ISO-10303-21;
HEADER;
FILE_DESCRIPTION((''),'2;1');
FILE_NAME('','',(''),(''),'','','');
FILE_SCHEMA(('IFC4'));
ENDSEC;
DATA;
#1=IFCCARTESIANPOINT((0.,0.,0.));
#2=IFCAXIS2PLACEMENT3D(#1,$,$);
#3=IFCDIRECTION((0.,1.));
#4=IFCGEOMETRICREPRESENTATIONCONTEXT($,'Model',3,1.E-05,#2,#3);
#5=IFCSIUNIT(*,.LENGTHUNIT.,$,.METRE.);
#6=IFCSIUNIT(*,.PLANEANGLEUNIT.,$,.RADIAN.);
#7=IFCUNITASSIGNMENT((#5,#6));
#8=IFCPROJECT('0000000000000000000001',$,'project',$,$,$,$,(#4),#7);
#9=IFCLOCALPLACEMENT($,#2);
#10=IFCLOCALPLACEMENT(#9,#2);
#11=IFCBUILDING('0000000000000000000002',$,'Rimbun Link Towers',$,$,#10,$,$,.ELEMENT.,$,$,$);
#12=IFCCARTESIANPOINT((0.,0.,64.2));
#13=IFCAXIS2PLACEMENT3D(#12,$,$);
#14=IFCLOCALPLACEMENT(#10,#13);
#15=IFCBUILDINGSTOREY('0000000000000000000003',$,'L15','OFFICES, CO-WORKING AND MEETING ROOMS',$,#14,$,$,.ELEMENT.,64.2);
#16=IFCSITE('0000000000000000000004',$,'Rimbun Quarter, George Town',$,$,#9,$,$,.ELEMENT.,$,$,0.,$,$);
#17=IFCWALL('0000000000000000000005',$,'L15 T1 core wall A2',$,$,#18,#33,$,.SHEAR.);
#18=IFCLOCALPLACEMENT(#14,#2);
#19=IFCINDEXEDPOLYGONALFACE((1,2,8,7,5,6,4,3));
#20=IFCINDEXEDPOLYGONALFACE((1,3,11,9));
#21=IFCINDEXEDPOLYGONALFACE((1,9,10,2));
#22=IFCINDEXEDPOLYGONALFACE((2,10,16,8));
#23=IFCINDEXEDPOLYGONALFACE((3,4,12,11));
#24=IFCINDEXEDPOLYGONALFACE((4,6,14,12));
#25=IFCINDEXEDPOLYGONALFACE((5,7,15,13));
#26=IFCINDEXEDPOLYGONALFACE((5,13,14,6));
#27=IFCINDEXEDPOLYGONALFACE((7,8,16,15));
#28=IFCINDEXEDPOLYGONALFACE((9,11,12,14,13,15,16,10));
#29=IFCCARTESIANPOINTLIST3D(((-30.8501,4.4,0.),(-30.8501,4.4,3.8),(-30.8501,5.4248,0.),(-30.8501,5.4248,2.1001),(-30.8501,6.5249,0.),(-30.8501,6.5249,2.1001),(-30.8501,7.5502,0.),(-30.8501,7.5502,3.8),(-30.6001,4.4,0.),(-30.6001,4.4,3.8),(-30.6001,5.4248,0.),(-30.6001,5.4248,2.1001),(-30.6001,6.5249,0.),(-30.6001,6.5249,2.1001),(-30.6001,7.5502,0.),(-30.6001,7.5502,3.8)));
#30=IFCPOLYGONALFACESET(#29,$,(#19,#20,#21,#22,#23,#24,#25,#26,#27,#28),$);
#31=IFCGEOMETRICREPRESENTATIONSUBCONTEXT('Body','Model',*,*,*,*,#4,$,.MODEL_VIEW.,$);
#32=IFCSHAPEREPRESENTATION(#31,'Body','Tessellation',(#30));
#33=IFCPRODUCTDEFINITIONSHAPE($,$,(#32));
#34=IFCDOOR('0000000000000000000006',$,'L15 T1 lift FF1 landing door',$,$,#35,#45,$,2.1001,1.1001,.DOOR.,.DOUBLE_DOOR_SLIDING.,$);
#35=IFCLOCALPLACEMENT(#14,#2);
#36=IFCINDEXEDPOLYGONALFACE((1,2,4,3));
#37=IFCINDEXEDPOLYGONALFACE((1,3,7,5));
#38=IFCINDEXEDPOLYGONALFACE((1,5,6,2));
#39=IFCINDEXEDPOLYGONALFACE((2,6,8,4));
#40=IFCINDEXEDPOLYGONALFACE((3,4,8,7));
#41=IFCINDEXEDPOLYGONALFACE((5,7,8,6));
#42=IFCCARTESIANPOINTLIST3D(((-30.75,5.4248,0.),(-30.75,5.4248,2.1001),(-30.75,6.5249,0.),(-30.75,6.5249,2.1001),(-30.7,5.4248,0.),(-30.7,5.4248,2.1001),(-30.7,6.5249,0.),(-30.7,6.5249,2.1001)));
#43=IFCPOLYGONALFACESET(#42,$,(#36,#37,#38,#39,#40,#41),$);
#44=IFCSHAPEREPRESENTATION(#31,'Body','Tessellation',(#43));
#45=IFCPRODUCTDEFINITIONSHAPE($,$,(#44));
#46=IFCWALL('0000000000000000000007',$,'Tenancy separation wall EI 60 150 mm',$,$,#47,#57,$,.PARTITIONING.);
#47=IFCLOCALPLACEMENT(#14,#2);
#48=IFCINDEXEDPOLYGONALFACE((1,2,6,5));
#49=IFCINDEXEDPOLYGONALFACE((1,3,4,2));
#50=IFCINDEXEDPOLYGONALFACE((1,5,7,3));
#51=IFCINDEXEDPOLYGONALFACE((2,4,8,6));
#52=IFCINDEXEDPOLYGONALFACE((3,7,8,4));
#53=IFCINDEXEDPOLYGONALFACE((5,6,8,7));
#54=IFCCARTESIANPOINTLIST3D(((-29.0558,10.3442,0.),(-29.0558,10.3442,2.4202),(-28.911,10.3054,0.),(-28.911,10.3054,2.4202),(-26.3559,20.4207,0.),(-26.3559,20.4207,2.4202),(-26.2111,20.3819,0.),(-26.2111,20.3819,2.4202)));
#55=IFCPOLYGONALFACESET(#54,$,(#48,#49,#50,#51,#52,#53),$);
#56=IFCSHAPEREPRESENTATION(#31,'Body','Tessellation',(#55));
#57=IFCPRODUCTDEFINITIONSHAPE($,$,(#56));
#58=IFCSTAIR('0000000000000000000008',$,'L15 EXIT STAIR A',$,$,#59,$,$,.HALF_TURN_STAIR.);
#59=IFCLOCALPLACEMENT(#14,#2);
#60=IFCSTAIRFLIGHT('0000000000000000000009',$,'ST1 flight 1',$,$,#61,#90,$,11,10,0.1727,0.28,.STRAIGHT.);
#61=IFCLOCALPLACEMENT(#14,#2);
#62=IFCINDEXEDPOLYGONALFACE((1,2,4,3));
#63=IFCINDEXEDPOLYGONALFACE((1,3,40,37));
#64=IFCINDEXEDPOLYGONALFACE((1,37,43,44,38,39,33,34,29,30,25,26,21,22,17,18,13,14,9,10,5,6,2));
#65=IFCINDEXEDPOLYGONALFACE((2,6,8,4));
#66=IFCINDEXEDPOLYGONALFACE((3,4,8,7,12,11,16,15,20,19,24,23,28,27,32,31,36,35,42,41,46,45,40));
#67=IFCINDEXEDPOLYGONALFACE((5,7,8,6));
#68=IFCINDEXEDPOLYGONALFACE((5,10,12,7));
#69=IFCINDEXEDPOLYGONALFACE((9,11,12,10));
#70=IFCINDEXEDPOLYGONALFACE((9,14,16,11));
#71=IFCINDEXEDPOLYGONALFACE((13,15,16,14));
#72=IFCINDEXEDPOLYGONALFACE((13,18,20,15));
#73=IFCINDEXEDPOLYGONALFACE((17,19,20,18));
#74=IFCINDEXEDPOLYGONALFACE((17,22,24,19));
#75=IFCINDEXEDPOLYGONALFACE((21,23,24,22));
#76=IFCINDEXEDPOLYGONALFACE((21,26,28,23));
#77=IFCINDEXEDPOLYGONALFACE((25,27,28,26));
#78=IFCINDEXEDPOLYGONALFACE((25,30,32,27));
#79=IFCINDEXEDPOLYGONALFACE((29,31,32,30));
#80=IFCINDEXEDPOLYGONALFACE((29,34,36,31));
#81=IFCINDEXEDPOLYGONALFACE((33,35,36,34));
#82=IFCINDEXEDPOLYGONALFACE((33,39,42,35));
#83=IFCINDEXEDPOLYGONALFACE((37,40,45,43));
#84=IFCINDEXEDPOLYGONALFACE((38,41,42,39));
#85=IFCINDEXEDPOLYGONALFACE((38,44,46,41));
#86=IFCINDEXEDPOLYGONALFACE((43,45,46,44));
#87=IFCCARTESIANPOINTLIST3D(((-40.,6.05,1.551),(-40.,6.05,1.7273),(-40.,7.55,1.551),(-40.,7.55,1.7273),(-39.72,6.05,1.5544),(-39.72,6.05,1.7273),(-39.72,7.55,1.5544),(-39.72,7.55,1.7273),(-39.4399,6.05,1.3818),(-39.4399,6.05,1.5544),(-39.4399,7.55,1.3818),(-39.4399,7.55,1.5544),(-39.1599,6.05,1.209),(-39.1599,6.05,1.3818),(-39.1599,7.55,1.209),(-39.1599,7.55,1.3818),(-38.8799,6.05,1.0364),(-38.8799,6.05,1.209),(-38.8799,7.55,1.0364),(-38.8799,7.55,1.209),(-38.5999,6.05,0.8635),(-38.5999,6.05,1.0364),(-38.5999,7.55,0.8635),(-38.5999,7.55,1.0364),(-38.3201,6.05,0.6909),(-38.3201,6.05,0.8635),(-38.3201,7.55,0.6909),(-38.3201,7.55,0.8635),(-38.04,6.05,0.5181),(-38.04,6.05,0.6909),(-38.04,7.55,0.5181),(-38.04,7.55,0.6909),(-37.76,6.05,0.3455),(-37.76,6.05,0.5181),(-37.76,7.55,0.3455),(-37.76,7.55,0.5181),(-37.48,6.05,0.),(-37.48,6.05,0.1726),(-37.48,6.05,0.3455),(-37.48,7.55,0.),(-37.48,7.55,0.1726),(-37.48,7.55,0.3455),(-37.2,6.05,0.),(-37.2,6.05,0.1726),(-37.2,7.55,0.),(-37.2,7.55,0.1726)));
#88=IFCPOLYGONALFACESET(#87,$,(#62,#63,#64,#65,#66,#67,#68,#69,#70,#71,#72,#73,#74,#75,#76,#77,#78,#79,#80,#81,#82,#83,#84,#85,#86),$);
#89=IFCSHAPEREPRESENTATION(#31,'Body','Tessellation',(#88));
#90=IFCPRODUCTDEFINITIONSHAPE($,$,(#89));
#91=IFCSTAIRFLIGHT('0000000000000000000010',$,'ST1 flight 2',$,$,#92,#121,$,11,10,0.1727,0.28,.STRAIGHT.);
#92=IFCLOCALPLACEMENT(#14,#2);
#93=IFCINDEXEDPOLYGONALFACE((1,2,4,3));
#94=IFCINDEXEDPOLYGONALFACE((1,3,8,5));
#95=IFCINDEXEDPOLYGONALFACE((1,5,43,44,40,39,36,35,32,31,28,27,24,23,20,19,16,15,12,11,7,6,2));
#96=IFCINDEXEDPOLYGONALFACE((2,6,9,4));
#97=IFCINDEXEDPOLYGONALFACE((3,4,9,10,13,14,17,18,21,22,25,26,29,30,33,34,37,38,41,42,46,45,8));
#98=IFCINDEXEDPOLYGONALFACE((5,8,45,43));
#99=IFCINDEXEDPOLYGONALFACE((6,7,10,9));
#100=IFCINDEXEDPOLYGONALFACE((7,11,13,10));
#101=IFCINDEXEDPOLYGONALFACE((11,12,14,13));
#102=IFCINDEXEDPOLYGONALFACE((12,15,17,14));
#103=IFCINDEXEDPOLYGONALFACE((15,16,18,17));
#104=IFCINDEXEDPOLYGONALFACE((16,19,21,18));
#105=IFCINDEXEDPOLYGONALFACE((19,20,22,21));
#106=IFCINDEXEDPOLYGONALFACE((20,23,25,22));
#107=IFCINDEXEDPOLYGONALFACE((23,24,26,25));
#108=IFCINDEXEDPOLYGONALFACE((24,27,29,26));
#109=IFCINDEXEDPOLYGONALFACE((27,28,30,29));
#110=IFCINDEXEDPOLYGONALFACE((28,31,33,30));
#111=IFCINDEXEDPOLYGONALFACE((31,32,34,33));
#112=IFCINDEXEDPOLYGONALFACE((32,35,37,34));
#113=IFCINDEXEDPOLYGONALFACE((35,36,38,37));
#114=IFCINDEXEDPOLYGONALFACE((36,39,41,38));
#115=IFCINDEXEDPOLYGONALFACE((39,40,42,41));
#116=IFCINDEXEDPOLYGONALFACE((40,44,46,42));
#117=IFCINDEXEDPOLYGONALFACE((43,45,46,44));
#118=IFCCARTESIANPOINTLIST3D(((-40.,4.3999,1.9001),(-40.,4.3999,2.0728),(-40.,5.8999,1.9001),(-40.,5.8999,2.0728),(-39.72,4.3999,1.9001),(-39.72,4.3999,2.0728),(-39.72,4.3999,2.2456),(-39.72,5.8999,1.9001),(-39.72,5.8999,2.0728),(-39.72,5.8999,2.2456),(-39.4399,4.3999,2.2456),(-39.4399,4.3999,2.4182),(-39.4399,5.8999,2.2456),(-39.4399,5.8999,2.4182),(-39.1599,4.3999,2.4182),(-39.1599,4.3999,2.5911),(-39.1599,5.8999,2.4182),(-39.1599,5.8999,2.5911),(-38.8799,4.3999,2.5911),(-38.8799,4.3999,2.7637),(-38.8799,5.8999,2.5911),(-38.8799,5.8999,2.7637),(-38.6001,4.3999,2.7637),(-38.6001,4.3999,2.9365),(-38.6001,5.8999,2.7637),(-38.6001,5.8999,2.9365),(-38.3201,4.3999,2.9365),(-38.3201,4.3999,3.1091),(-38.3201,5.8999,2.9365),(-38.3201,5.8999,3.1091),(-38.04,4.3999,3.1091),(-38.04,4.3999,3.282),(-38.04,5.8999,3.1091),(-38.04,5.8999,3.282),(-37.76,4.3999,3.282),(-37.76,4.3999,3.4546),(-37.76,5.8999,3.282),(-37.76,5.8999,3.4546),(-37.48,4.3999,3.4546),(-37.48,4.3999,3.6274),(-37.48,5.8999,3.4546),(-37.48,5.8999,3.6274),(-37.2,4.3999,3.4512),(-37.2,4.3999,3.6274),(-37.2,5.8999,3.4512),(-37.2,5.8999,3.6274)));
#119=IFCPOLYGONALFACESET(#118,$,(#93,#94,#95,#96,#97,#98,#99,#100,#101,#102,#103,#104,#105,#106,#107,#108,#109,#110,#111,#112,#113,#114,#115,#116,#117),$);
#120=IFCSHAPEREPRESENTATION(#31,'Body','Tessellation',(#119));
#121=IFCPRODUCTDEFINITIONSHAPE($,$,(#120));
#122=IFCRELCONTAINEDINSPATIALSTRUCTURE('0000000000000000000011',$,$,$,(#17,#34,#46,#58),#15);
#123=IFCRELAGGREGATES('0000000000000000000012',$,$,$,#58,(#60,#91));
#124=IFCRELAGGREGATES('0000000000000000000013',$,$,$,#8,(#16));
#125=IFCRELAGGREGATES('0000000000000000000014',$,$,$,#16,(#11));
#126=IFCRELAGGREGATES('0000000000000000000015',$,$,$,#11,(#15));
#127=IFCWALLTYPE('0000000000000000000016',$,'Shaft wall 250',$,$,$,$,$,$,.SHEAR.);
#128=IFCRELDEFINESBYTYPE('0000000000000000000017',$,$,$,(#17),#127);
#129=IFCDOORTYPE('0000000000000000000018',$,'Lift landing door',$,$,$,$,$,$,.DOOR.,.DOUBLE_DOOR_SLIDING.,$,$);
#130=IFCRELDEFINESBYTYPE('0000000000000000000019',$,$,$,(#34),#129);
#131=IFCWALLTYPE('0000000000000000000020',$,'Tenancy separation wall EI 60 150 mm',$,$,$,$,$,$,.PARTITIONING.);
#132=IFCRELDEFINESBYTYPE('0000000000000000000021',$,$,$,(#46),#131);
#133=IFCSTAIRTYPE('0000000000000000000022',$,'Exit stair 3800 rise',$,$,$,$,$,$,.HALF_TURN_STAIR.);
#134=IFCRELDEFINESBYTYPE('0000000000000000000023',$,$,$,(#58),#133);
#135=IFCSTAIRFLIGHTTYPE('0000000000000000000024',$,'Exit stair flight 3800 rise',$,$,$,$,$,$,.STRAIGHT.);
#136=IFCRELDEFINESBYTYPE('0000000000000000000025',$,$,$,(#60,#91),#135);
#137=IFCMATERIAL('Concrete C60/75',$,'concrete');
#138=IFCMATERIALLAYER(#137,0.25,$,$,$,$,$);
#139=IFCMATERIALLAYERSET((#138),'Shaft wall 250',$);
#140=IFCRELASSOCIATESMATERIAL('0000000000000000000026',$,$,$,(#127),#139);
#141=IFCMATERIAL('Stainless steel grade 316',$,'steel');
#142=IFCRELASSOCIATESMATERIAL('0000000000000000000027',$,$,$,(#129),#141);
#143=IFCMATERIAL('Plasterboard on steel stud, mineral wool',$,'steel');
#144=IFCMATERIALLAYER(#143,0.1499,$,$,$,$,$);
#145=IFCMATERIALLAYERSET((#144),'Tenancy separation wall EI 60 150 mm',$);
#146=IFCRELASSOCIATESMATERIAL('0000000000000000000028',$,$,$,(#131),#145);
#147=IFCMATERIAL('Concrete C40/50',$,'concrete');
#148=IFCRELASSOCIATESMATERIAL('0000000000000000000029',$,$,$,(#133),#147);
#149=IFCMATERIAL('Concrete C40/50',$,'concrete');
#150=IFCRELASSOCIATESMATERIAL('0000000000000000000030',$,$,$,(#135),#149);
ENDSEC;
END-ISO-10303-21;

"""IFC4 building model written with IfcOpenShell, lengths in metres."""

from ifc_helpers import new_model, si_unit, direction, frame, frame_2d, origin, place, context, subcontext, project, spatial, polyline, rectangle, outline, extrude, material, layer, layer_set, type_object, element, fill, aggregate, save


model = new_model("IFC4")

# Units and contexts
model_context = context("Model", 3, precision=1e-05, world=origin(), true_north=direction((0.0, 1.0)))
body_context = subcontext(model_context, "Body", "Model", "MODEL_VIEW")
ifc_project = project(units=[si_unit("LENGTHUNIT", "METRE"), si_unit("PLANEANGLEUNIT", "RADIAN")], contexts=[model_context])

# Site, building, storey
site_placement = place(None, origin())
site = spatial("IfcSite", under=ifc_project, at=site_placement, Name="Rimbun Quarter, George Town", CompositionType="ELEMENT", RefElevation=0.0)
building_placement = place(site_placement, origin())
building = spatial("IfcBuilding", under=site, at=building_placement, Name="Rimbun Link Towers", CompositionType="ELEMENT")
storey_placement = place(building_placement, frame((0.0, 0.0, 64.2)))
storey = spatial("IfcBuildingStorey", under=building, at=storey_placement, Name="L15", Description="OFFICES, CO-WORKING AND MEETING ROOMS", CompositionType="ELEMENT", Elevation=64.2)

# Wall, opening, door
ifc_material_1 = material(Name="Concrete C60/75", Category="concrete")
ifc_layer_1 = layer(ifc_material_1, 0.25)
ifc_layer_set_1 = layer_set([ifc_layer_1], Name="Shaft wall 250")
wall_type_1 = type_object("IfcWallType", Name="Shaft wall 250", PredefinedType="SHEAR", material=ifc_layer_set_1)
wall_1_placement = place(storey_placement, frame((-30.7251, 4.3999, 0.0), z_axis=(0.0, 0.0, 1.0), x_axis=(0.0, 1.0, 0.0)))
wall_1 = element("IfcWall", 1, at=wall_1_placement, inside=storey, type_object=wall_type_1, Name="L15 T1 core wall A2", PredefinedType="SHEAR", context=body_context, shape_type="SweptSolid", body=[
    extrude(rectangle(XDim=3.1501, YDim=0.25, at=frame_2d((1.5752, 0.0))), origin(), (0.0, 0.0, 1.0), 3.8),
])
opening_1_placement = place(wall_1_placement, frame((1.0249, 0.0, 0.0)))
opening_1 = element("IfcOpeningElement", 2, at=opening_1_placement, cuts=wall_1, PredefinedType="OPENING", context=body_context, shape_type="SweptSolid", body=[
    extrude(rectangle(XDim=1.1001, YDim=2.1001, at=frame_2d((0.55, 1.05))), frame((0.0, 0.135, 0.0), z_axis=(0.0, -1.0, 0.0), x_axis=(1.0, 0.0, 0.0)), (0.0, 0.0, 1.0), 0.27),
])
ifc_material_2 = material(Name="Stainless steel grade 316", Category="steel")
door_type_1 = type_object("IfcDoorType", Name="Lift landing door", OperationType="DOUBLE_DOOR_SLIDING", PredefinedType="DOOR", material=ifc_material_2)
door_1_placement = place(opening_1_placement, origin())
door_1 = element("IfcDoor", 3, at=door_1_placement, inside=storey, type_object=door_type_1, Name="L15 T1 lift FF1 landing door", OperationType="DOUBLE_DOOR_SLIDING", OverallHeight=2.1001, OverallWidth=1.1001, PredefinedType="DOOR", context=body_context, shape_type="SweptSolid", body=[
    extrude(rectangle(XDim=1.1001, YDim=2.1001, at=frame_2d((0.55, 1.05))), frame((0.0, 0.0249, 0.0), z_axis=(0.0, -1.0, 0.0), x_axis=(1.0, 0.0, 0.0)), (0.0, 0.0, 1.0), 0.05),
])
fill(opening_1, door_1)

# Wall
ifc_material_3 = material(Name="Plasterboard on steel stud, mineral wool", Category="steel")
ifc_layer_2 = layer(ifc_material_3, 0.1499)
ifc_layer_set_2 = layer_set([ifc_layer_2], Name="Tenancy separation wall EI 60 150 mm")
wall_type_2 = type_object("IfcWallType", Name="Tenancy separation wall EI 60 150 mm", PredefinedType="PARTITIONING", material=ifc_layer_set_2)
wall_2_placement = place(storey_placement, frame((-28.9834, 10.325, 0.0), z_axis=(0.0, 0.0, 1.0), x_axis=(0.258818, 0.965926, 0.0)))
element("IfcWall", 4, at=wall_2_placement, inside=storey, type_object=wall_type_2, Name="Tenancy separation wall EI 60 150 mm", PredefinedType="PARTITIONING", context=body_context, shape_type="SweptSolid", body=[
    extrude(rectangle(XDim=10.4319, YDim=0.1499, at=frame_2d((5.2158, 0.0))), origin(), (0.0, 0.0, 1.0), 2.4202),
])

# Stair, stair flights
ifc_material_4 = material(Name="Concrete C40/50", Category="concrete")
stair_type = type_object("IfcStairType", Name="Exit stair 3800 rise", PredefinedType="HALF_TURN_STAIR", material=ifc_material_4)
stair_placement = place(storey_placement, origin())
stair = element("IfcStair", 5, at=stair_placement, inside=storey, type_object=stair_type, Name="L15 EXIT STAIR A", PredefinedType="HALF_TURN_STAIR")
ifc_material_5 = material(Name="Concrete C40/50", Category="concrete")
stair_flight_type = type_object("IfcStairFlightType", Name="Exit stair flight 3800 rise", PredefinedType="STRAIGHT", material=ifc_material_5)
stair_flight_1_placement = place(storey_placement, frame((-37.2, 6.8, 0.0), z_axis=(0.0, 0.0, 1.0), x_axis=(-1.0, 0.0, 0.0)))
stair_flight_1 = element("IfcStairFlight", 6, at=stair_flight_1_placement, type_object=stair_flight_type, Name="ST1 flight 1", NumberOfRisers=11, NumberOfTreads=10, PredefinedType="STRAIGHT", RiserHeight=0.1727, TreadLength=0.28, context=body_context, shape_type="SweptSolid", body=[
    extrude(outline(polyline([(0.0, 0.0), (0.0, 0.1726), (0.28, 0.1726), (0.28, 0.3455), (0.5601, 0.3455), (0.5601, 0.5181), (0.8401, 0.5181), (0.8401, 0.6909), (1.1201, 0.6909), (1.1201, 0.8635), (1.3999, 0.8635), (1.3999, 1.0364), (1.6799, 1.0364), (1.6799, 1.209), (1.96, 1.209), (1.96, 1.3818), (2.24, 1.3818), (2.24, 1.5544), (2.52, 1.5544), (2.52, 1.7273), (2.8, 1.7273), (2.8, 1.8999), (2.8, 1.551), (0.28, 0.0), (0.0, 0.0)])), frame((0.0, 0.75, 0.0), z_axis=(0.0, -1.0, 0.0), x_axis=(1.0, 0.0, 0.0)), (0.0, 0.0, 1.0), 1.5),
])
stair_flight_2_placement = place(storey_placement, frame((-40.0, 5.1499, 1.9001), z_axis=(0.0, 0.0, 1.0), x_axis=(1.0, 0.0, 0.0)))
stair_flight_2 = element("IfcStairFlight", 7, at=stair_flight_2_placement, type_object=stair_flight_type, Name="ST1 flight 2", NumberOfRisers=11, NumberOfTreads=10, PredefinedType="STRAIGHT", RiserHeight=0.1727, TreadLength=0.28, context=body_context, shape_type="SweptSolid", body=[
    extrude(outline(polyline([(0.0, 0.0), (0.0, 0.1726), (0.28, 0.1726), (0.28, 0.3455), (0.5601, 0.3455), (0.5601, 0.5181), (0.8401, 0.5181), (0.8401, 0.6909), (1.1201, 0.6909), (1.1201, 0.8635), (1.3999, 0.8635), (1.3999, 1.0364), (1.6799, 1.0364), (1.6799, 1.209), (1.96, 1.209), (1.96, 1.3818), (2.24, 1.3818), (2.24, 1.5544), (2.52, 1.5544), (2.52, 1.7273), (2.8, 1.7273), (2.8, 1.8999), (2.8, 1.551), (0.28, 0.0), (0.0, 0.0)])), frame((0.0, 0.75, 0.0), z_axis=(0.0, -1.0, 0.0), x_axis=(1.0, 0.0, 0.0)), (0.0, 0.0, 1.0), 1.5),
])
aggregate(stair, [stair_flight_1, stair_flight_2])

save(model, "model.ifc")
